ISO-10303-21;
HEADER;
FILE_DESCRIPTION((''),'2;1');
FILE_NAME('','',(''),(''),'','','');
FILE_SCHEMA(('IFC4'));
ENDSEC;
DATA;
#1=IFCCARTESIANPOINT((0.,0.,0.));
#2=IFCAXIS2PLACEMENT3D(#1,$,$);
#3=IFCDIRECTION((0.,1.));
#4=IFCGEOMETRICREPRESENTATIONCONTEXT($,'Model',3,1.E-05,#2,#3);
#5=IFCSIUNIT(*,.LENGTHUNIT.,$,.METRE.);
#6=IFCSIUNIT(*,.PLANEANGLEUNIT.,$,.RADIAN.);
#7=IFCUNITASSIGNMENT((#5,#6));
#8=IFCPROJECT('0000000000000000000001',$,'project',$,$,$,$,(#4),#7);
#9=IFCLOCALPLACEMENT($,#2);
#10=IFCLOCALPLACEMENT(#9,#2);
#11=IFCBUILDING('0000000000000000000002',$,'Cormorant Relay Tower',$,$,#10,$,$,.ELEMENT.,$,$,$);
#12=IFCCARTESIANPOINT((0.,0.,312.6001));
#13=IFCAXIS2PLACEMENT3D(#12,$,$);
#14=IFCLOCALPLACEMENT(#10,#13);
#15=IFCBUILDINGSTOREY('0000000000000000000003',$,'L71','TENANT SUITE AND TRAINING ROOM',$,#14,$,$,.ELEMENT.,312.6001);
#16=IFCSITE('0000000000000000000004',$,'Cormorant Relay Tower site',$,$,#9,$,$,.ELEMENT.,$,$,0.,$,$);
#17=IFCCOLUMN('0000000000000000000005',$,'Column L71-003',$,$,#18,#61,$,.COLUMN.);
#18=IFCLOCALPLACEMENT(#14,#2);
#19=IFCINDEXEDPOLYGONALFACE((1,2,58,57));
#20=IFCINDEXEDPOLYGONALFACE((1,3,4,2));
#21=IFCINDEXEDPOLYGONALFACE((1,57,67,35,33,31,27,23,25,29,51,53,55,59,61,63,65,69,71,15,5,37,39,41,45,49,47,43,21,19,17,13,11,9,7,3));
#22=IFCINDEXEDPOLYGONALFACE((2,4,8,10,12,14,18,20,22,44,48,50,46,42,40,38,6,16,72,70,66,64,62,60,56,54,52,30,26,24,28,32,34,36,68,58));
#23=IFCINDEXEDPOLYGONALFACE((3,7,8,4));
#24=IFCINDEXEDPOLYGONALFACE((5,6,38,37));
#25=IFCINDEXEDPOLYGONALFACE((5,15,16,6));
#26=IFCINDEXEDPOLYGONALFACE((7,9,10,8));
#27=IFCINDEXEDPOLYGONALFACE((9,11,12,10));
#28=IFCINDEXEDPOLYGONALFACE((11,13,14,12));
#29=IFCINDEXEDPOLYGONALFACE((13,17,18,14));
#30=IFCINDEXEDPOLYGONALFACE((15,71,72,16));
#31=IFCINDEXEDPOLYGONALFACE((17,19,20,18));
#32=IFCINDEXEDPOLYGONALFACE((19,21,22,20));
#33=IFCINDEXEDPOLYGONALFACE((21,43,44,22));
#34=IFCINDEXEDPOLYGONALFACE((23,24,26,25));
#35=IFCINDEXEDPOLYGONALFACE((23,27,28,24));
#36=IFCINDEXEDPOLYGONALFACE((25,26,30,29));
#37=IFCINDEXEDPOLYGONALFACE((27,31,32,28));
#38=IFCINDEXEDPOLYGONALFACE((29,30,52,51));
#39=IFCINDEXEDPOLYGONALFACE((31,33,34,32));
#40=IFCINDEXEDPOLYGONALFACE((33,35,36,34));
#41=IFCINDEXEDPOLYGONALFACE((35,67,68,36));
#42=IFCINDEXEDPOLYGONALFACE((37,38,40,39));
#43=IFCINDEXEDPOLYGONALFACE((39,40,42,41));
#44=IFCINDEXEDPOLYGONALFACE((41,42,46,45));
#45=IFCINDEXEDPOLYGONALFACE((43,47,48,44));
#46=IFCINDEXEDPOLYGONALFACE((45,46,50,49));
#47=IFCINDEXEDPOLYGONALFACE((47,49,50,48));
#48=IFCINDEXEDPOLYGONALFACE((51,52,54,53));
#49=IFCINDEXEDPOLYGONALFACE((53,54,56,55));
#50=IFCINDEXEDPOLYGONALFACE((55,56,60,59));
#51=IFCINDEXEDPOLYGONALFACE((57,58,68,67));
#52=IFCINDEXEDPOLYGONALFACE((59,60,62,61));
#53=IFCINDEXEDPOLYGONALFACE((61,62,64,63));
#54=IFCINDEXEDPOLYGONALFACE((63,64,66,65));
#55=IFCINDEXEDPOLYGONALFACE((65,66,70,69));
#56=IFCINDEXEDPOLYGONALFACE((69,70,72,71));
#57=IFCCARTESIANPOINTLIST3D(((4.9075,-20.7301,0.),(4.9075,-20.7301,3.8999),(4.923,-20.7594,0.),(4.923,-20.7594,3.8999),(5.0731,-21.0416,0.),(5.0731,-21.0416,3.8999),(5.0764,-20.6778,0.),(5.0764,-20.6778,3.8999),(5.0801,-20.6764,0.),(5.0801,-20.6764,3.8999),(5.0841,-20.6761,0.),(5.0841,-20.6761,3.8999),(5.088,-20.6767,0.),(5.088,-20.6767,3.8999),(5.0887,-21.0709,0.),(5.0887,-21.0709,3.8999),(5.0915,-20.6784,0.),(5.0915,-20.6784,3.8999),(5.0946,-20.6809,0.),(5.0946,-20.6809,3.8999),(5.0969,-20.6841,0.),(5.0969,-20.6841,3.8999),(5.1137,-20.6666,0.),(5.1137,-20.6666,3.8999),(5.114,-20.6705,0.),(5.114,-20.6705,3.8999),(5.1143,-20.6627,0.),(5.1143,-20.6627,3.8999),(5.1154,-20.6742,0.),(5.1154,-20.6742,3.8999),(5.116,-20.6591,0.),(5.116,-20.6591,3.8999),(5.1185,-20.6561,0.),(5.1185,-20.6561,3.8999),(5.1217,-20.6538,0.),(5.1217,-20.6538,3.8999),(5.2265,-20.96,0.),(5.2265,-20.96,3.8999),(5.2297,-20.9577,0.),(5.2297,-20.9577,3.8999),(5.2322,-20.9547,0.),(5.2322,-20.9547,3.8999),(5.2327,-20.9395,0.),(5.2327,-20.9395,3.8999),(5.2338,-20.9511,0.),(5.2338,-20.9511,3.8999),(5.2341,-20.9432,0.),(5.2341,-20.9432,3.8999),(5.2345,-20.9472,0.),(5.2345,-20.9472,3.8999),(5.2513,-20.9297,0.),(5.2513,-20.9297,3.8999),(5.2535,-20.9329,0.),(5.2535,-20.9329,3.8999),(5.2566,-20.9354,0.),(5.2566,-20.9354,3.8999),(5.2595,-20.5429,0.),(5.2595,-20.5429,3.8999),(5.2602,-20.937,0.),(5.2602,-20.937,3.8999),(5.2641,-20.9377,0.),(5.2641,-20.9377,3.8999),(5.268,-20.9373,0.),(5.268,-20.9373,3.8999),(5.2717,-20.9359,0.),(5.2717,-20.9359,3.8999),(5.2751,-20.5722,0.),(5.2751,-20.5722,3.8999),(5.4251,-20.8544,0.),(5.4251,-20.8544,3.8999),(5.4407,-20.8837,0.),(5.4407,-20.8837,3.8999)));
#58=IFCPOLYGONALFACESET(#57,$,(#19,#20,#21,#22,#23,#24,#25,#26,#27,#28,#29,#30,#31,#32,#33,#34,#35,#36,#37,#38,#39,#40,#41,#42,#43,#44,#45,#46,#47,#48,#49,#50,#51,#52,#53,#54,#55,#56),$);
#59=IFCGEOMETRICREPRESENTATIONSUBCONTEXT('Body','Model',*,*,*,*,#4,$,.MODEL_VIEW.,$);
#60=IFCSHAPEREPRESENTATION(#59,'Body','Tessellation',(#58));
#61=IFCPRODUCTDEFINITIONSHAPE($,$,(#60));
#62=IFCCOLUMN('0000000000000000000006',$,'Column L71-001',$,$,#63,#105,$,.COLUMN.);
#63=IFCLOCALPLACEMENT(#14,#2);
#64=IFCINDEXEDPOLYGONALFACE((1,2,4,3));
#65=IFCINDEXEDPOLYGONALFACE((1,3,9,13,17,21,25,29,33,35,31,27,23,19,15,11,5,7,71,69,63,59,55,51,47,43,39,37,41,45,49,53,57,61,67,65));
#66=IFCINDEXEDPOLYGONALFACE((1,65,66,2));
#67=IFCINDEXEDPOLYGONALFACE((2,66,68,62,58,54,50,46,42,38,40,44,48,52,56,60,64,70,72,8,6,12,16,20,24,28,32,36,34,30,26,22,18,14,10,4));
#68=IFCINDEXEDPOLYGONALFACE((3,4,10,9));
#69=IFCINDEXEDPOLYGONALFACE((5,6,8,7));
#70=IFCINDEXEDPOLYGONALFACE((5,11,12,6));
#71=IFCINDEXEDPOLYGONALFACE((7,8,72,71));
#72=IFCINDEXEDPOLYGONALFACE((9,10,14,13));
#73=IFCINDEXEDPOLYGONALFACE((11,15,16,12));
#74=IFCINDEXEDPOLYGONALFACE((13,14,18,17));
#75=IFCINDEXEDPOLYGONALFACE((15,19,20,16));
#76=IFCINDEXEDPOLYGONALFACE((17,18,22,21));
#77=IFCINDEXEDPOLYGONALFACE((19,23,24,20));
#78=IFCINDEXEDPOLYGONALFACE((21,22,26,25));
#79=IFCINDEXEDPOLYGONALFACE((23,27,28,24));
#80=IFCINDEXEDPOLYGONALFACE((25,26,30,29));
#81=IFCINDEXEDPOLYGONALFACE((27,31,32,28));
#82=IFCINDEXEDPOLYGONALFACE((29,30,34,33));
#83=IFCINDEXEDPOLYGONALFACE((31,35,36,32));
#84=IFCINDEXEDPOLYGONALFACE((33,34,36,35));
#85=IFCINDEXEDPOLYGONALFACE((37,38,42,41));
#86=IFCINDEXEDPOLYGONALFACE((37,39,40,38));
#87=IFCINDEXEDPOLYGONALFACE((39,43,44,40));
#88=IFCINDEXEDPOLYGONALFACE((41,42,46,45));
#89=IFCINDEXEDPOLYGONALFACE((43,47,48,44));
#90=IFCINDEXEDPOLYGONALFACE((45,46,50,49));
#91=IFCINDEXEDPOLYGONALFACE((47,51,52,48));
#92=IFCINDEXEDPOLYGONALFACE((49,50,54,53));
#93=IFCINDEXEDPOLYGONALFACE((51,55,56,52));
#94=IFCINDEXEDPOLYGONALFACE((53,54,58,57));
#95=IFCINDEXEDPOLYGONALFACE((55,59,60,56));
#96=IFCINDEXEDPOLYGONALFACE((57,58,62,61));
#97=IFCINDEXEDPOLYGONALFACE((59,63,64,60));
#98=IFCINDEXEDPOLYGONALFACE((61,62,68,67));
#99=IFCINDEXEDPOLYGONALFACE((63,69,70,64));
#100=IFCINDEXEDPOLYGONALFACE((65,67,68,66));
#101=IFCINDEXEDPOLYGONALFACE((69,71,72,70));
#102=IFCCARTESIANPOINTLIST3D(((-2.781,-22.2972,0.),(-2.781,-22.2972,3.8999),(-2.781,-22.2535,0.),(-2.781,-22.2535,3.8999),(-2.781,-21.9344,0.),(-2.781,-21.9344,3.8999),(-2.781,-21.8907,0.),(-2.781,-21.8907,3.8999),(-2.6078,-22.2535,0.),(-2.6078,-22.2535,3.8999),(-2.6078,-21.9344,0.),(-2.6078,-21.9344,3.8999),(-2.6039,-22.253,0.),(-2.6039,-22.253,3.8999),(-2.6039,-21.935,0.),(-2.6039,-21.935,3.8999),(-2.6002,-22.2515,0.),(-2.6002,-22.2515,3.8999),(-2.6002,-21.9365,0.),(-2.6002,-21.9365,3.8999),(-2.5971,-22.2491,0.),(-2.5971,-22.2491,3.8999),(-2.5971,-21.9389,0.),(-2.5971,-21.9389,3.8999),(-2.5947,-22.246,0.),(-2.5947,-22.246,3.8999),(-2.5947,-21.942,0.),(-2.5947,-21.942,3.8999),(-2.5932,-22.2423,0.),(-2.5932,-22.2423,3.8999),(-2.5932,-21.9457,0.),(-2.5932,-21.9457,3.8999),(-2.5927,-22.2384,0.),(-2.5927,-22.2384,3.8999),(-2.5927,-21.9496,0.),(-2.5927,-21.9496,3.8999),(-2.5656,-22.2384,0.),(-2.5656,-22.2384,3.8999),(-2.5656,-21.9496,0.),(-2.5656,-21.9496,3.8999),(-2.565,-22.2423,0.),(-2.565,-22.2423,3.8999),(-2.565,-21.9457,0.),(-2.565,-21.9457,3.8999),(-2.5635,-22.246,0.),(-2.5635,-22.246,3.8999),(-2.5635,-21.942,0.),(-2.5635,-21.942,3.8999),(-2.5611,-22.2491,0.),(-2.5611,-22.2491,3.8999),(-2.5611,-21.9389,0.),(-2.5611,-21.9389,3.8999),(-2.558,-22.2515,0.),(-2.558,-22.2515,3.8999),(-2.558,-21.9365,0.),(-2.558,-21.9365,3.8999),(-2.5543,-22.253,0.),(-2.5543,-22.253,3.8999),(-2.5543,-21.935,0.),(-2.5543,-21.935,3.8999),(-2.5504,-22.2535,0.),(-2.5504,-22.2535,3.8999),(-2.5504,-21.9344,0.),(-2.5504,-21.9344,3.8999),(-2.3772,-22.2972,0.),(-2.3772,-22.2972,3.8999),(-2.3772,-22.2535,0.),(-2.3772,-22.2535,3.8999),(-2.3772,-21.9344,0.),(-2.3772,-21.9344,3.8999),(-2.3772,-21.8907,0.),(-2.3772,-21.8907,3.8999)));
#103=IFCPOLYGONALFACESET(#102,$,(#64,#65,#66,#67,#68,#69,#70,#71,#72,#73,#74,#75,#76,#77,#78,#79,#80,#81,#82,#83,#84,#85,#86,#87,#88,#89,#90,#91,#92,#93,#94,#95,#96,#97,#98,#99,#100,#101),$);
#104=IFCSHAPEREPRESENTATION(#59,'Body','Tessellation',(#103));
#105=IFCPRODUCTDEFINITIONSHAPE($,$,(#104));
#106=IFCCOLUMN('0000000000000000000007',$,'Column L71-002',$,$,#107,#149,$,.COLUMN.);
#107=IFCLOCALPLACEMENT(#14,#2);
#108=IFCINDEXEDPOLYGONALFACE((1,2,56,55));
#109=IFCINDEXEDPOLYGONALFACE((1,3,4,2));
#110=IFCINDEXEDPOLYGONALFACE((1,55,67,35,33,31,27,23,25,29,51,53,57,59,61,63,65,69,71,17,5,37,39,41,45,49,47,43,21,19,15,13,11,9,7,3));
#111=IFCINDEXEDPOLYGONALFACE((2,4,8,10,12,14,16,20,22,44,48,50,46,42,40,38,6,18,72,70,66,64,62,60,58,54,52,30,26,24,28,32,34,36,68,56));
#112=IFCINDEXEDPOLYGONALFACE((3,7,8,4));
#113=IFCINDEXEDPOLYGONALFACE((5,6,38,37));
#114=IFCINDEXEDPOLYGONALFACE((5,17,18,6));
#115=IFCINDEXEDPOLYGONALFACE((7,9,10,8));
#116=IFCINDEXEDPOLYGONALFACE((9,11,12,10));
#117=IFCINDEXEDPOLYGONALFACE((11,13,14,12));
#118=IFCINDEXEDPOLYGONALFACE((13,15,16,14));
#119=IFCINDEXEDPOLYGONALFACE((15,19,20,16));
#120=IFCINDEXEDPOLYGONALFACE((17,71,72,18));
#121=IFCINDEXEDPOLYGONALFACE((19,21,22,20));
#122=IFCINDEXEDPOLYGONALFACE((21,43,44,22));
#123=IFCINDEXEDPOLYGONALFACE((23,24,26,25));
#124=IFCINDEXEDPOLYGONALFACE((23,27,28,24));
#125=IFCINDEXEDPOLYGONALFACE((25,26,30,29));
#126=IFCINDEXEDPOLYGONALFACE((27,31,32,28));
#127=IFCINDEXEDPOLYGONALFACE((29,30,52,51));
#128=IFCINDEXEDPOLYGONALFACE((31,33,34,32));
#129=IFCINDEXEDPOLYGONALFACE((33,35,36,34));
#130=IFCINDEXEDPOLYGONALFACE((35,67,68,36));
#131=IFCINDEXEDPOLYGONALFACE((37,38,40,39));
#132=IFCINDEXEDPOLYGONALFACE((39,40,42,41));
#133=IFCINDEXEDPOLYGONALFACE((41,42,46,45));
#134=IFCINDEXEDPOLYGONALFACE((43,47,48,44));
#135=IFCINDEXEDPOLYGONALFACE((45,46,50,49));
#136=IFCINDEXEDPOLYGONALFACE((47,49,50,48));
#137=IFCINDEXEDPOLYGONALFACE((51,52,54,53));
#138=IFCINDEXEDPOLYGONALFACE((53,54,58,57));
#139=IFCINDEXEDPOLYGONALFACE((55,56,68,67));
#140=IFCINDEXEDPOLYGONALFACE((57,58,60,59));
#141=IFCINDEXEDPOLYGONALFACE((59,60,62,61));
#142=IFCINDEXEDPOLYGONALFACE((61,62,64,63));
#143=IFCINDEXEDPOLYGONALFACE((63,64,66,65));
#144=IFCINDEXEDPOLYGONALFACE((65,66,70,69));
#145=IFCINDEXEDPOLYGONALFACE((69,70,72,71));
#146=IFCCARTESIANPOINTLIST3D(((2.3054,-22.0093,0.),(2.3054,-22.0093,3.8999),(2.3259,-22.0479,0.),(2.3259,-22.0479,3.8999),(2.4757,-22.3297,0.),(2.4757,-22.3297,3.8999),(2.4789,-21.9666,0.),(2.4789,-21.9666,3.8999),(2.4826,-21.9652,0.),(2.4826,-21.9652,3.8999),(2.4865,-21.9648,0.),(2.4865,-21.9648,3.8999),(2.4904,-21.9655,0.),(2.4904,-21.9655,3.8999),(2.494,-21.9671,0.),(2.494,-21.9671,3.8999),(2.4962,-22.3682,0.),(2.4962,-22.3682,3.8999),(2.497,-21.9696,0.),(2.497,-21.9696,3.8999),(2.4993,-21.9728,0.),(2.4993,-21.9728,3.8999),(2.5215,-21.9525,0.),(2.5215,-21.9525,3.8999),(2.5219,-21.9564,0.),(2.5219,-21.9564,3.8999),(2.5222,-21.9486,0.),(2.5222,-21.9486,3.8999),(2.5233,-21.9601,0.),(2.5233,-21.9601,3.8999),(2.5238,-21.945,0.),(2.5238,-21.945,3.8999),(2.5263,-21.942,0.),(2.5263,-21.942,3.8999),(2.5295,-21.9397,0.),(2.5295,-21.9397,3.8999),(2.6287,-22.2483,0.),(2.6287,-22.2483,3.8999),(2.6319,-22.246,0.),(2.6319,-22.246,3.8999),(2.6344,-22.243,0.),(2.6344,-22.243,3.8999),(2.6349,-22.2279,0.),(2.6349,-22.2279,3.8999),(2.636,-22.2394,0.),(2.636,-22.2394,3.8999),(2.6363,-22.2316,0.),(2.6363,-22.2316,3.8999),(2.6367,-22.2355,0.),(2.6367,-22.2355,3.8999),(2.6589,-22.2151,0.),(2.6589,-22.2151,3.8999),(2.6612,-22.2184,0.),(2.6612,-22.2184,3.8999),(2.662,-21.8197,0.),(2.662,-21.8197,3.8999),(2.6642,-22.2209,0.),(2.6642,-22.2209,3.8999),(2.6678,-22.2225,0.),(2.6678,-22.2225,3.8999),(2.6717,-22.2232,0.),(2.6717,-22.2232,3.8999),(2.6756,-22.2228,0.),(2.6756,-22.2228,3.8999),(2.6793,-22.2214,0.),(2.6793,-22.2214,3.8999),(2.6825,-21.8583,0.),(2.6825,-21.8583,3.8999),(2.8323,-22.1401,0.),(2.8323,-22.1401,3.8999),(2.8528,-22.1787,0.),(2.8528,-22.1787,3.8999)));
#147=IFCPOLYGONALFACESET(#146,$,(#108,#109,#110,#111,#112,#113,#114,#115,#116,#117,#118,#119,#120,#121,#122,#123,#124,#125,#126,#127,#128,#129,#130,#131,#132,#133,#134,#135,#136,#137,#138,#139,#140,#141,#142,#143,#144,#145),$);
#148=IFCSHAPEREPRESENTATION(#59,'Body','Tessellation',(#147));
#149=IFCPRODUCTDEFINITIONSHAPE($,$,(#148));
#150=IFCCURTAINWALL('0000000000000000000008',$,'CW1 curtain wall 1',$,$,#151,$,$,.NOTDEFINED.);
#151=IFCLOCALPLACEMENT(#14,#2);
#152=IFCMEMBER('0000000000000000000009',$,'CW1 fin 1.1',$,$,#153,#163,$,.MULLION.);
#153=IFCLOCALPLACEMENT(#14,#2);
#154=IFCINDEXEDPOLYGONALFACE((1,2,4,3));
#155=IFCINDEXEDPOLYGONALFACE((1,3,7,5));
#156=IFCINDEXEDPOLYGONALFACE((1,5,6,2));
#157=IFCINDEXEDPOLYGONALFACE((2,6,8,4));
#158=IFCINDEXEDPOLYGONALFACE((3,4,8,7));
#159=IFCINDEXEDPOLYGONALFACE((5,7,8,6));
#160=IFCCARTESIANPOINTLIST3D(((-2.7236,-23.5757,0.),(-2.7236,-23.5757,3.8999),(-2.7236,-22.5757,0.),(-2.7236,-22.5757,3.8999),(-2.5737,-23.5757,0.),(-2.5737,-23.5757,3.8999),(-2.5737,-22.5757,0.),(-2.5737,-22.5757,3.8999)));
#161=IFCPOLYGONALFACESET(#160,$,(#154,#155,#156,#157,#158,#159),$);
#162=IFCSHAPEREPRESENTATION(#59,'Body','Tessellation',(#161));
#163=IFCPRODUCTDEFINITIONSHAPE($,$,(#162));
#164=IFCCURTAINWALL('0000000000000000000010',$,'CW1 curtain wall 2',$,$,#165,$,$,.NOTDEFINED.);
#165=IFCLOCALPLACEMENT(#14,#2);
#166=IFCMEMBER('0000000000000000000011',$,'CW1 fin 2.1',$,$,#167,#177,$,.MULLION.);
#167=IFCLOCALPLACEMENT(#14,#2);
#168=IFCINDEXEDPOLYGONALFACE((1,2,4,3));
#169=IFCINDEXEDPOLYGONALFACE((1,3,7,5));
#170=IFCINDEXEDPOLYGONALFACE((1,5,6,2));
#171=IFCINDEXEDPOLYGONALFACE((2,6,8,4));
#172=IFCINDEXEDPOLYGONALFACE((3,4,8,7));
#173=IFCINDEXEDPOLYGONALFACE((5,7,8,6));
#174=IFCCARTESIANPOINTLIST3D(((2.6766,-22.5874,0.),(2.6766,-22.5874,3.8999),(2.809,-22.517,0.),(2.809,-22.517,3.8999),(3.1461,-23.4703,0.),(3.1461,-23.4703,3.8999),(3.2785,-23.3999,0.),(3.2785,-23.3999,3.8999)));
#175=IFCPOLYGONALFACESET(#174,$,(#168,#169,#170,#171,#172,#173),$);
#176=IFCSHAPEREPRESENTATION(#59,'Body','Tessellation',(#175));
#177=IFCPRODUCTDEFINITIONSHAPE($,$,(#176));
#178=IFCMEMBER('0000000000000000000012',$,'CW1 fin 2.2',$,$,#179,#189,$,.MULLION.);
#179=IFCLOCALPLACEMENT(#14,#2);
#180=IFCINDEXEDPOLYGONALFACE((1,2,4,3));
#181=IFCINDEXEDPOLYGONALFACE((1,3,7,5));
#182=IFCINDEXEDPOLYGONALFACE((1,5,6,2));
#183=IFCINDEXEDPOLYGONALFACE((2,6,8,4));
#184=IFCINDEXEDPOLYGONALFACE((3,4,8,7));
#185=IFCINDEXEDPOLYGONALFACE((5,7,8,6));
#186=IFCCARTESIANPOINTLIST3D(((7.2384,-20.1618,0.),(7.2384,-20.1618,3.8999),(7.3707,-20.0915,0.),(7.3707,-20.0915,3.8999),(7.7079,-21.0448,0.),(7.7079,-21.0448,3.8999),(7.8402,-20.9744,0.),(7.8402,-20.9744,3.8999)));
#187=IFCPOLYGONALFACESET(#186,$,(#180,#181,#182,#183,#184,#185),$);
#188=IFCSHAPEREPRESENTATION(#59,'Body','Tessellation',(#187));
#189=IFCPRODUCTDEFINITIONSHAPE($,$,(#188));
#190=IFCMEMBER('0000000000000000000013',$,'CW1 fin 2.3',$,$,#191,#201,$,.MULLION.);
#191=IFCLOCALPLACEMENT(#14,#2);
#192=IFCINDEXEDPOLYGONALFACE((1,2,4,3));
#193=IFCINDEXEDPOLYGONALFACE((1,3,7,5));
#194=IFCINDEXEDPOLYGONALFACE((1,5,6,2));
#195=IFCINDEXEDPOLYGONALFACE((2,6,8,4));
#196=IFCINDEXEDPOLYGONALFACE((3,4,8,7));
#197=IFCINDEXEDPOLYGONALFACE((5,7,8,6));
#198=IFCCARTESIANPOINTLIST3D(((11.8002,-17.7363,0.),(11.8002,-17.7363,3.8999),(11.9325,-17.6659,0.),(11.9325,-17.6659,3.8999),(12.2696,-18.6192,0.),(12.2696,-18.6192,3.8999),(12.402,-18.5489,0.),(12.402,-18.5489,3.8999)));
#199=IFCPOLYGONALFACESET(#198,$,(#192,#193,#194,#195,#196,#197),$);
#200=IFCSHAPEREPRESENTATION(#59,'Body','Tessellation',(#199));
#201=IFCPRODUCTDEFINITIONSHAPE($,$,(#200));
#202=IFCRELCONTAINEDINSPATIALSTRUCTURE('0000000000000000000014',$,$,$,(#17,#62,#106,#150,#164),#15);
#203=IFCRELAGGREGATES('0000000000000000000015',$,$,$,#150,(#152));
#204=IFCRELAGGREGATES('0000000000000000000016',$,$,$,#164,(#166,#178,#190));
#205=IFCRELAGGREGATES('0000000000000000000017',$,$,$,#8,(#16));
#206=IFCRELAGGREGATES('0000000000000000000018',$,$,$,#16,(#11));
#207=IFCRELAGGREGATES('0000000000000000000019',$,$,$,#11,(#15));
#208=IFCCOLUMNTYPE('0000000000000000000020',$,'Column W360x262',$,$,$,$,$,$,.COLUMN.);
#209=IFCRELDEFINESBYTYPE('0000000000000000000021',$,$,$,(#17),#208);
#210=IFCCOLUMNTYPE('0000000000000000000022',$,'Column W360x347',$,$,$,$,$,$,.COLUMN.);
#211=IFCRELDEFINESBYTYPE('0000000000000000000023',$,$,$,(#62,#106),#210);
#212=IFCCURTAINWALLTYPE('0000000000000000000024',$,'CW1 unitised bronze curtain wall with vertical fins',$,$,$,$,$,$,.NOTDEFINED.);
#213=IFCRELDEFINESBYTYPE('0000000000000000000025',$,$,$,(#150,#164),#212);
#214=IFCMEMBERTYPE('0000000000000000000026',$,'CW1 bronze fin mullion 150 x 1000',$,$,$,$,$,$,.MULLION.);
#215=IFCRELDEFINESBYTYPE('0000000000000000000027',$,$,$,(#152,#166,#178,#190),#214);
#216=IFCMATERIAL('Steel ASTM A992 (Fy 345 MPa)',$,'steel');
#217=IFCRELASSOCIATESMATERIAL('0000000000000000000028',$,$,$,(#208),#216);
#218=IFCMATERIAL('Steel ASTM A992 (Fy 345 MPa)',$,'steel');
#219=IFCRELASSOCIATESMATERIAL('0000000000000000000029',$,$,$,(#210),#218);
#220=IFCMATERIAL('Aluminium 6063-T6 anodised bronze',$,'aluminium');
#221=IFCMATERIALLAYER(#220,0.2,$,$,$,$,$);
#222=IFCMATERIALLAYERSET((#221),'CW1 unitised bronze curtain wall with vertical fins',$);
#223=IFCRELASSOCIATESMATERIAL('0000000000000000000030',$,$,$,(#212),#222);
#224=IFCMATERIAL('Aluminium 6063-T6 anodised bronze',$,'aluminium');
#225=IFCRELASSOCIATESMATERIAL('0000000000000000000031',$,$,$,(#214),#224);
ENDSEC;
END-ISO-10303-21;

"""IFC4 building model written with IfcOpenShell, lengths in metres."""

from ifc_helpers import new_model, si_unit, direction, frame, origin, origin_2d, place, context, subcontext, project, spatial, rectangle, i_section, extrude, material, layer, layer_set, material_profile, profile_set, type_object, element, aggregate, save


model = new_model("IFC4")

# Units and contexts
model_context = context("Model", 3, precision=1e-05, world=origin(), true_north=direction((0.0, 1.0)))
body_context = subcontext(model_context, "Body", "Model", "MODEL_VIEW")
ifc_project = project(units=[si_unit("LENGTHUNIT", "METRE"), si_unit("PLANEANGLEUNIT", "RADIAN")], contexts=[model_context])

# Site, building, storey
site_placement = place(None, origin())
site = spatial("IfcSite", under=ifc_project, at=site_placement, Name="Cormorant Relay Tower site", CompositionType="ELEMENT", RefElevation=0.0)
building_placement = place(site_placement, origin())
building = spatial("IfcBuilding", under=site, at=building_placement, Name="Cormorant Relay Tower", CompositionType="ELEMENT")
storey_placement = place(building_placement, frame((0.0, 0.0, 312.6001)))
storey = spatial("IfcBuildingStorey", under=building, at=storey_placement, Name="L71", Description="TENANT SUITE AND TRAINING ROOM", CompositionType="ELEMENT", Elevation=312.6001)

# Columns
ifc_material_1 = material(Name="Steel ASTM A992 (Fy 345 MPa)", Category="steel")
ifc_material_profile_1 = material_profile(ifc_material_1, i_section(OverallWidth=0.3987, OverallDepth=0.386, WebThickness=0.021, FlangeThickness=0.0332, FilletRadius=0.0151, at=origin_2d()), Name="W360x262")
ifc_profile_set_1 = profile_set([ifc_material_profile_1], Name="Steel ASTM A992 (Fy 345 MPa)")
column_type_1 = type_object("IfcColumnType", Name="Column W360x262", PredefinedType="COLUMN", material=ifc_profile_set_1)
column_placement = place(storey_placement, frame((5.1741, -20.8069, 0.0), z_axis=(0.0, 0.0, 1.0), x_axis=(0.882948, 0.469472, 0.0)))
element("IfcColumn", 1, at=column_placement, inside=storey, type_object=column_type_1, Name="Column L71-003", PredefinedType="COLUMN", context=body_context, shape_type="SweptSolid", body=[
    extrude(i_section(OverallWidth=0.3987, OverallDepth=0.386, WebThickness=0.021, FlangeThickness=0.0332, FilletRadius=0.0151, at=origin_2d()), origin(), (0.0, 0.0, 1.0), 3.8999),
])
ifc_material_2 = material(Name="Steel ASTM A992 (Fy 345 MPa)", Category="steel")
ifc_material_profile_2 = material_profile(ifc_material_2, i_section(OverallWidth=0.4038, OverallDepth=0.4065, WebThickness=0.0271, FlangeThickness=0.0437, FilletRadius=0.0151, at=origin_2d()), Name="W360x347")
ifc_profile_set_2 = profile_set([ifc_material_profile_2], Name="Steel ASTM A992 (Fy 345 MPa)")
column_type_2 = type_object("IfcColumnType", Name="Column W360x347", PredefinedType="COLUMN", material=ifc_profile_set_2)
for number, where, z_axis, x_axis, name in (
    (2, (-2.5791, -22.094, 0.0), (0.0, 0.0, 1.0), (1.0, 0.0, 0.0), "Column L71-001"),
    (3, (2.5791, -22.094, 0.0), (0.0, 0.0, 1.0), (0.882948, 0.469472, 0.0), "Column L71-002"),
):
    element("IfcColumn", number, at=place(storey_placement, frame(where, z_axis=z_axis, x_axis=x_axis)), inside=storey, type_object=column_type_2, Name=name, PredefinedType="COLUMN", context=body_context, shape_type="SweptSolid", body=[
        extrude(i_section(OverallWidth=0.4038, OverallDepth=0.4065, WebThickness=0.0271, FlangeThickness=0.0437, FilletRadius=0.0151, at=origin_2d()), origin(), (0.0, 0.0, 1.0), 3.8999),
    ])

# Curtain wall, member
ifc_material_3 = material(Name="Aluminium 6063-T6 anodised bronze", Category="aluminium")
ifc_layer_1 = layer(ifc_material_3, 0.2)
ifc_layer_set_1 = layer_set([ifc_layer_1], Name="CW1 unitised bronze curtain wall with vertical fins")
curtain_wall_type = type_object("IfcCurtainWallType", Name="CW1 unitised bronze curtain wall with vertical fins", PredefinedType="NOTDEFINED", material=ifc_layer_set_1)
curtain_wall_1_placement = place(storey_placement, origin())
curtain_wall_1 = element("IfcCurtainWall", 4, at=curtain_wall_1_placement, inside=storey, type_object=curtain_wall_type, Name="CW1 curtain wall 1", PredefinedType="NOTDEFINED")
ifc_material_4 = material(Name="Aluminium 6063-T6 anodised bronze", Category="aluminium")
ifc_material_profile_3 = material_profile(ifc_material_4, rectangle(XDim=0.1499, YDim=1.0, at=origin_2d()), Name="AL 150x1000")
ifc_profile_set_3 = profile_set([ifc_material_profile_3], Name="Aluminium 6063-T6 anodised bronze")
member_type_1 = type_object("IfcMemberType", Name="CW1 bronze fin mullion 150 x 1000", PredefinedType="MULLION", material=ifc_profile_set_3)
member_1_placement = place(storey_placement, frame((-2.6487, -23.0757, 0.0), z_axis=(0.0, 0.0, 1.0), x_axis=(1.0, 0.0, 0.0)))
member_1 = element("IfcMember", 5, at=member_1_placement, type_object=member_type_1, Name="CW1 fin 1.1", PredefinedType="MULLION", context=body_context, shape_type="SweptSolid", body=[
    extrude(rectangle(XDim=0.1499, YDim=1.0, at=origin_2d()), origin(), (0.0, 0.0, 1.0), 3.8999),
])

# Curtain wall, members
curtain_wall_2_placement = place(storey_placement, origin())
curtain_wall_2 = element("IfcCurtainWall", 6, at=curtain_wall_2_placement, inside=storey, type_object=curtain_wall_type, Name="CW1 curtain wall 2", PredefinedType="NOTDEFINED")
member_2_placement = place(storey_placement, frame((2.9775, -22.9937, 0.0), z_axis=(0.0, 0.0, 1.0), x_axis=(0.882948, 0.469472, 0.0)))
member_2 = element("IfcMember", 7, at=member_2_placement, type_object=member_type_1, Name="CW1 fin 2.1", PredefinedType="MULLION", context=body_context, shape_type="SweptSolid", body=[
    extrude(rectangle(XDim=0.1499, YDim=1.0, at=origin_2d()), origin(), (0.0, 0.0, 1.0), 3.8999),
])
member_3_placement = place(storey_placement, frame((7.5393, -20.5681, 0.0), z_axis=(0.0, 0.0, 1.0), x_axis=(0.882948, 0.469472, 0.0)))
member_3 = element("IfcMember", 8, at=member_3_placement, type_object=member_type_1, Name="CW1 fin 2.2", PredefinedType="MULLION", context=body_context, shape_type="SweptSolid", body=[
    extrude(rectangle(XDim=0.1499, YDim=1.0, at=origin_2d()), origin(), (0.0, 0.0, 1.0), 3.8999),
])
member_4_placement = place(storey_placement, frame((12.1011, -18.1426, 0.0), z_axis=(0.0, 0.0, 1.0), x_axis=(0.882948, 0.469472, 0.0)))
member_4 = element("IfcMember", 9, at=member_4_placement, type_object=member_type_1, Name="CW1 fin 2.3", PredefinedType="MULLION", context=body_context, shape_type="SweptSolid", body=[
    extrude(rectangle(XDim=0.1499, YDim=1.0, at=origin_2d()), origin(), (0.0, 0.0, 1.0), 3.8999),
])

aggregate(curtain_wall_1, [member_1])
aggregate(curtain_wall_2, [member_2, member_3, member_4])

save(model, "model.ifc")
